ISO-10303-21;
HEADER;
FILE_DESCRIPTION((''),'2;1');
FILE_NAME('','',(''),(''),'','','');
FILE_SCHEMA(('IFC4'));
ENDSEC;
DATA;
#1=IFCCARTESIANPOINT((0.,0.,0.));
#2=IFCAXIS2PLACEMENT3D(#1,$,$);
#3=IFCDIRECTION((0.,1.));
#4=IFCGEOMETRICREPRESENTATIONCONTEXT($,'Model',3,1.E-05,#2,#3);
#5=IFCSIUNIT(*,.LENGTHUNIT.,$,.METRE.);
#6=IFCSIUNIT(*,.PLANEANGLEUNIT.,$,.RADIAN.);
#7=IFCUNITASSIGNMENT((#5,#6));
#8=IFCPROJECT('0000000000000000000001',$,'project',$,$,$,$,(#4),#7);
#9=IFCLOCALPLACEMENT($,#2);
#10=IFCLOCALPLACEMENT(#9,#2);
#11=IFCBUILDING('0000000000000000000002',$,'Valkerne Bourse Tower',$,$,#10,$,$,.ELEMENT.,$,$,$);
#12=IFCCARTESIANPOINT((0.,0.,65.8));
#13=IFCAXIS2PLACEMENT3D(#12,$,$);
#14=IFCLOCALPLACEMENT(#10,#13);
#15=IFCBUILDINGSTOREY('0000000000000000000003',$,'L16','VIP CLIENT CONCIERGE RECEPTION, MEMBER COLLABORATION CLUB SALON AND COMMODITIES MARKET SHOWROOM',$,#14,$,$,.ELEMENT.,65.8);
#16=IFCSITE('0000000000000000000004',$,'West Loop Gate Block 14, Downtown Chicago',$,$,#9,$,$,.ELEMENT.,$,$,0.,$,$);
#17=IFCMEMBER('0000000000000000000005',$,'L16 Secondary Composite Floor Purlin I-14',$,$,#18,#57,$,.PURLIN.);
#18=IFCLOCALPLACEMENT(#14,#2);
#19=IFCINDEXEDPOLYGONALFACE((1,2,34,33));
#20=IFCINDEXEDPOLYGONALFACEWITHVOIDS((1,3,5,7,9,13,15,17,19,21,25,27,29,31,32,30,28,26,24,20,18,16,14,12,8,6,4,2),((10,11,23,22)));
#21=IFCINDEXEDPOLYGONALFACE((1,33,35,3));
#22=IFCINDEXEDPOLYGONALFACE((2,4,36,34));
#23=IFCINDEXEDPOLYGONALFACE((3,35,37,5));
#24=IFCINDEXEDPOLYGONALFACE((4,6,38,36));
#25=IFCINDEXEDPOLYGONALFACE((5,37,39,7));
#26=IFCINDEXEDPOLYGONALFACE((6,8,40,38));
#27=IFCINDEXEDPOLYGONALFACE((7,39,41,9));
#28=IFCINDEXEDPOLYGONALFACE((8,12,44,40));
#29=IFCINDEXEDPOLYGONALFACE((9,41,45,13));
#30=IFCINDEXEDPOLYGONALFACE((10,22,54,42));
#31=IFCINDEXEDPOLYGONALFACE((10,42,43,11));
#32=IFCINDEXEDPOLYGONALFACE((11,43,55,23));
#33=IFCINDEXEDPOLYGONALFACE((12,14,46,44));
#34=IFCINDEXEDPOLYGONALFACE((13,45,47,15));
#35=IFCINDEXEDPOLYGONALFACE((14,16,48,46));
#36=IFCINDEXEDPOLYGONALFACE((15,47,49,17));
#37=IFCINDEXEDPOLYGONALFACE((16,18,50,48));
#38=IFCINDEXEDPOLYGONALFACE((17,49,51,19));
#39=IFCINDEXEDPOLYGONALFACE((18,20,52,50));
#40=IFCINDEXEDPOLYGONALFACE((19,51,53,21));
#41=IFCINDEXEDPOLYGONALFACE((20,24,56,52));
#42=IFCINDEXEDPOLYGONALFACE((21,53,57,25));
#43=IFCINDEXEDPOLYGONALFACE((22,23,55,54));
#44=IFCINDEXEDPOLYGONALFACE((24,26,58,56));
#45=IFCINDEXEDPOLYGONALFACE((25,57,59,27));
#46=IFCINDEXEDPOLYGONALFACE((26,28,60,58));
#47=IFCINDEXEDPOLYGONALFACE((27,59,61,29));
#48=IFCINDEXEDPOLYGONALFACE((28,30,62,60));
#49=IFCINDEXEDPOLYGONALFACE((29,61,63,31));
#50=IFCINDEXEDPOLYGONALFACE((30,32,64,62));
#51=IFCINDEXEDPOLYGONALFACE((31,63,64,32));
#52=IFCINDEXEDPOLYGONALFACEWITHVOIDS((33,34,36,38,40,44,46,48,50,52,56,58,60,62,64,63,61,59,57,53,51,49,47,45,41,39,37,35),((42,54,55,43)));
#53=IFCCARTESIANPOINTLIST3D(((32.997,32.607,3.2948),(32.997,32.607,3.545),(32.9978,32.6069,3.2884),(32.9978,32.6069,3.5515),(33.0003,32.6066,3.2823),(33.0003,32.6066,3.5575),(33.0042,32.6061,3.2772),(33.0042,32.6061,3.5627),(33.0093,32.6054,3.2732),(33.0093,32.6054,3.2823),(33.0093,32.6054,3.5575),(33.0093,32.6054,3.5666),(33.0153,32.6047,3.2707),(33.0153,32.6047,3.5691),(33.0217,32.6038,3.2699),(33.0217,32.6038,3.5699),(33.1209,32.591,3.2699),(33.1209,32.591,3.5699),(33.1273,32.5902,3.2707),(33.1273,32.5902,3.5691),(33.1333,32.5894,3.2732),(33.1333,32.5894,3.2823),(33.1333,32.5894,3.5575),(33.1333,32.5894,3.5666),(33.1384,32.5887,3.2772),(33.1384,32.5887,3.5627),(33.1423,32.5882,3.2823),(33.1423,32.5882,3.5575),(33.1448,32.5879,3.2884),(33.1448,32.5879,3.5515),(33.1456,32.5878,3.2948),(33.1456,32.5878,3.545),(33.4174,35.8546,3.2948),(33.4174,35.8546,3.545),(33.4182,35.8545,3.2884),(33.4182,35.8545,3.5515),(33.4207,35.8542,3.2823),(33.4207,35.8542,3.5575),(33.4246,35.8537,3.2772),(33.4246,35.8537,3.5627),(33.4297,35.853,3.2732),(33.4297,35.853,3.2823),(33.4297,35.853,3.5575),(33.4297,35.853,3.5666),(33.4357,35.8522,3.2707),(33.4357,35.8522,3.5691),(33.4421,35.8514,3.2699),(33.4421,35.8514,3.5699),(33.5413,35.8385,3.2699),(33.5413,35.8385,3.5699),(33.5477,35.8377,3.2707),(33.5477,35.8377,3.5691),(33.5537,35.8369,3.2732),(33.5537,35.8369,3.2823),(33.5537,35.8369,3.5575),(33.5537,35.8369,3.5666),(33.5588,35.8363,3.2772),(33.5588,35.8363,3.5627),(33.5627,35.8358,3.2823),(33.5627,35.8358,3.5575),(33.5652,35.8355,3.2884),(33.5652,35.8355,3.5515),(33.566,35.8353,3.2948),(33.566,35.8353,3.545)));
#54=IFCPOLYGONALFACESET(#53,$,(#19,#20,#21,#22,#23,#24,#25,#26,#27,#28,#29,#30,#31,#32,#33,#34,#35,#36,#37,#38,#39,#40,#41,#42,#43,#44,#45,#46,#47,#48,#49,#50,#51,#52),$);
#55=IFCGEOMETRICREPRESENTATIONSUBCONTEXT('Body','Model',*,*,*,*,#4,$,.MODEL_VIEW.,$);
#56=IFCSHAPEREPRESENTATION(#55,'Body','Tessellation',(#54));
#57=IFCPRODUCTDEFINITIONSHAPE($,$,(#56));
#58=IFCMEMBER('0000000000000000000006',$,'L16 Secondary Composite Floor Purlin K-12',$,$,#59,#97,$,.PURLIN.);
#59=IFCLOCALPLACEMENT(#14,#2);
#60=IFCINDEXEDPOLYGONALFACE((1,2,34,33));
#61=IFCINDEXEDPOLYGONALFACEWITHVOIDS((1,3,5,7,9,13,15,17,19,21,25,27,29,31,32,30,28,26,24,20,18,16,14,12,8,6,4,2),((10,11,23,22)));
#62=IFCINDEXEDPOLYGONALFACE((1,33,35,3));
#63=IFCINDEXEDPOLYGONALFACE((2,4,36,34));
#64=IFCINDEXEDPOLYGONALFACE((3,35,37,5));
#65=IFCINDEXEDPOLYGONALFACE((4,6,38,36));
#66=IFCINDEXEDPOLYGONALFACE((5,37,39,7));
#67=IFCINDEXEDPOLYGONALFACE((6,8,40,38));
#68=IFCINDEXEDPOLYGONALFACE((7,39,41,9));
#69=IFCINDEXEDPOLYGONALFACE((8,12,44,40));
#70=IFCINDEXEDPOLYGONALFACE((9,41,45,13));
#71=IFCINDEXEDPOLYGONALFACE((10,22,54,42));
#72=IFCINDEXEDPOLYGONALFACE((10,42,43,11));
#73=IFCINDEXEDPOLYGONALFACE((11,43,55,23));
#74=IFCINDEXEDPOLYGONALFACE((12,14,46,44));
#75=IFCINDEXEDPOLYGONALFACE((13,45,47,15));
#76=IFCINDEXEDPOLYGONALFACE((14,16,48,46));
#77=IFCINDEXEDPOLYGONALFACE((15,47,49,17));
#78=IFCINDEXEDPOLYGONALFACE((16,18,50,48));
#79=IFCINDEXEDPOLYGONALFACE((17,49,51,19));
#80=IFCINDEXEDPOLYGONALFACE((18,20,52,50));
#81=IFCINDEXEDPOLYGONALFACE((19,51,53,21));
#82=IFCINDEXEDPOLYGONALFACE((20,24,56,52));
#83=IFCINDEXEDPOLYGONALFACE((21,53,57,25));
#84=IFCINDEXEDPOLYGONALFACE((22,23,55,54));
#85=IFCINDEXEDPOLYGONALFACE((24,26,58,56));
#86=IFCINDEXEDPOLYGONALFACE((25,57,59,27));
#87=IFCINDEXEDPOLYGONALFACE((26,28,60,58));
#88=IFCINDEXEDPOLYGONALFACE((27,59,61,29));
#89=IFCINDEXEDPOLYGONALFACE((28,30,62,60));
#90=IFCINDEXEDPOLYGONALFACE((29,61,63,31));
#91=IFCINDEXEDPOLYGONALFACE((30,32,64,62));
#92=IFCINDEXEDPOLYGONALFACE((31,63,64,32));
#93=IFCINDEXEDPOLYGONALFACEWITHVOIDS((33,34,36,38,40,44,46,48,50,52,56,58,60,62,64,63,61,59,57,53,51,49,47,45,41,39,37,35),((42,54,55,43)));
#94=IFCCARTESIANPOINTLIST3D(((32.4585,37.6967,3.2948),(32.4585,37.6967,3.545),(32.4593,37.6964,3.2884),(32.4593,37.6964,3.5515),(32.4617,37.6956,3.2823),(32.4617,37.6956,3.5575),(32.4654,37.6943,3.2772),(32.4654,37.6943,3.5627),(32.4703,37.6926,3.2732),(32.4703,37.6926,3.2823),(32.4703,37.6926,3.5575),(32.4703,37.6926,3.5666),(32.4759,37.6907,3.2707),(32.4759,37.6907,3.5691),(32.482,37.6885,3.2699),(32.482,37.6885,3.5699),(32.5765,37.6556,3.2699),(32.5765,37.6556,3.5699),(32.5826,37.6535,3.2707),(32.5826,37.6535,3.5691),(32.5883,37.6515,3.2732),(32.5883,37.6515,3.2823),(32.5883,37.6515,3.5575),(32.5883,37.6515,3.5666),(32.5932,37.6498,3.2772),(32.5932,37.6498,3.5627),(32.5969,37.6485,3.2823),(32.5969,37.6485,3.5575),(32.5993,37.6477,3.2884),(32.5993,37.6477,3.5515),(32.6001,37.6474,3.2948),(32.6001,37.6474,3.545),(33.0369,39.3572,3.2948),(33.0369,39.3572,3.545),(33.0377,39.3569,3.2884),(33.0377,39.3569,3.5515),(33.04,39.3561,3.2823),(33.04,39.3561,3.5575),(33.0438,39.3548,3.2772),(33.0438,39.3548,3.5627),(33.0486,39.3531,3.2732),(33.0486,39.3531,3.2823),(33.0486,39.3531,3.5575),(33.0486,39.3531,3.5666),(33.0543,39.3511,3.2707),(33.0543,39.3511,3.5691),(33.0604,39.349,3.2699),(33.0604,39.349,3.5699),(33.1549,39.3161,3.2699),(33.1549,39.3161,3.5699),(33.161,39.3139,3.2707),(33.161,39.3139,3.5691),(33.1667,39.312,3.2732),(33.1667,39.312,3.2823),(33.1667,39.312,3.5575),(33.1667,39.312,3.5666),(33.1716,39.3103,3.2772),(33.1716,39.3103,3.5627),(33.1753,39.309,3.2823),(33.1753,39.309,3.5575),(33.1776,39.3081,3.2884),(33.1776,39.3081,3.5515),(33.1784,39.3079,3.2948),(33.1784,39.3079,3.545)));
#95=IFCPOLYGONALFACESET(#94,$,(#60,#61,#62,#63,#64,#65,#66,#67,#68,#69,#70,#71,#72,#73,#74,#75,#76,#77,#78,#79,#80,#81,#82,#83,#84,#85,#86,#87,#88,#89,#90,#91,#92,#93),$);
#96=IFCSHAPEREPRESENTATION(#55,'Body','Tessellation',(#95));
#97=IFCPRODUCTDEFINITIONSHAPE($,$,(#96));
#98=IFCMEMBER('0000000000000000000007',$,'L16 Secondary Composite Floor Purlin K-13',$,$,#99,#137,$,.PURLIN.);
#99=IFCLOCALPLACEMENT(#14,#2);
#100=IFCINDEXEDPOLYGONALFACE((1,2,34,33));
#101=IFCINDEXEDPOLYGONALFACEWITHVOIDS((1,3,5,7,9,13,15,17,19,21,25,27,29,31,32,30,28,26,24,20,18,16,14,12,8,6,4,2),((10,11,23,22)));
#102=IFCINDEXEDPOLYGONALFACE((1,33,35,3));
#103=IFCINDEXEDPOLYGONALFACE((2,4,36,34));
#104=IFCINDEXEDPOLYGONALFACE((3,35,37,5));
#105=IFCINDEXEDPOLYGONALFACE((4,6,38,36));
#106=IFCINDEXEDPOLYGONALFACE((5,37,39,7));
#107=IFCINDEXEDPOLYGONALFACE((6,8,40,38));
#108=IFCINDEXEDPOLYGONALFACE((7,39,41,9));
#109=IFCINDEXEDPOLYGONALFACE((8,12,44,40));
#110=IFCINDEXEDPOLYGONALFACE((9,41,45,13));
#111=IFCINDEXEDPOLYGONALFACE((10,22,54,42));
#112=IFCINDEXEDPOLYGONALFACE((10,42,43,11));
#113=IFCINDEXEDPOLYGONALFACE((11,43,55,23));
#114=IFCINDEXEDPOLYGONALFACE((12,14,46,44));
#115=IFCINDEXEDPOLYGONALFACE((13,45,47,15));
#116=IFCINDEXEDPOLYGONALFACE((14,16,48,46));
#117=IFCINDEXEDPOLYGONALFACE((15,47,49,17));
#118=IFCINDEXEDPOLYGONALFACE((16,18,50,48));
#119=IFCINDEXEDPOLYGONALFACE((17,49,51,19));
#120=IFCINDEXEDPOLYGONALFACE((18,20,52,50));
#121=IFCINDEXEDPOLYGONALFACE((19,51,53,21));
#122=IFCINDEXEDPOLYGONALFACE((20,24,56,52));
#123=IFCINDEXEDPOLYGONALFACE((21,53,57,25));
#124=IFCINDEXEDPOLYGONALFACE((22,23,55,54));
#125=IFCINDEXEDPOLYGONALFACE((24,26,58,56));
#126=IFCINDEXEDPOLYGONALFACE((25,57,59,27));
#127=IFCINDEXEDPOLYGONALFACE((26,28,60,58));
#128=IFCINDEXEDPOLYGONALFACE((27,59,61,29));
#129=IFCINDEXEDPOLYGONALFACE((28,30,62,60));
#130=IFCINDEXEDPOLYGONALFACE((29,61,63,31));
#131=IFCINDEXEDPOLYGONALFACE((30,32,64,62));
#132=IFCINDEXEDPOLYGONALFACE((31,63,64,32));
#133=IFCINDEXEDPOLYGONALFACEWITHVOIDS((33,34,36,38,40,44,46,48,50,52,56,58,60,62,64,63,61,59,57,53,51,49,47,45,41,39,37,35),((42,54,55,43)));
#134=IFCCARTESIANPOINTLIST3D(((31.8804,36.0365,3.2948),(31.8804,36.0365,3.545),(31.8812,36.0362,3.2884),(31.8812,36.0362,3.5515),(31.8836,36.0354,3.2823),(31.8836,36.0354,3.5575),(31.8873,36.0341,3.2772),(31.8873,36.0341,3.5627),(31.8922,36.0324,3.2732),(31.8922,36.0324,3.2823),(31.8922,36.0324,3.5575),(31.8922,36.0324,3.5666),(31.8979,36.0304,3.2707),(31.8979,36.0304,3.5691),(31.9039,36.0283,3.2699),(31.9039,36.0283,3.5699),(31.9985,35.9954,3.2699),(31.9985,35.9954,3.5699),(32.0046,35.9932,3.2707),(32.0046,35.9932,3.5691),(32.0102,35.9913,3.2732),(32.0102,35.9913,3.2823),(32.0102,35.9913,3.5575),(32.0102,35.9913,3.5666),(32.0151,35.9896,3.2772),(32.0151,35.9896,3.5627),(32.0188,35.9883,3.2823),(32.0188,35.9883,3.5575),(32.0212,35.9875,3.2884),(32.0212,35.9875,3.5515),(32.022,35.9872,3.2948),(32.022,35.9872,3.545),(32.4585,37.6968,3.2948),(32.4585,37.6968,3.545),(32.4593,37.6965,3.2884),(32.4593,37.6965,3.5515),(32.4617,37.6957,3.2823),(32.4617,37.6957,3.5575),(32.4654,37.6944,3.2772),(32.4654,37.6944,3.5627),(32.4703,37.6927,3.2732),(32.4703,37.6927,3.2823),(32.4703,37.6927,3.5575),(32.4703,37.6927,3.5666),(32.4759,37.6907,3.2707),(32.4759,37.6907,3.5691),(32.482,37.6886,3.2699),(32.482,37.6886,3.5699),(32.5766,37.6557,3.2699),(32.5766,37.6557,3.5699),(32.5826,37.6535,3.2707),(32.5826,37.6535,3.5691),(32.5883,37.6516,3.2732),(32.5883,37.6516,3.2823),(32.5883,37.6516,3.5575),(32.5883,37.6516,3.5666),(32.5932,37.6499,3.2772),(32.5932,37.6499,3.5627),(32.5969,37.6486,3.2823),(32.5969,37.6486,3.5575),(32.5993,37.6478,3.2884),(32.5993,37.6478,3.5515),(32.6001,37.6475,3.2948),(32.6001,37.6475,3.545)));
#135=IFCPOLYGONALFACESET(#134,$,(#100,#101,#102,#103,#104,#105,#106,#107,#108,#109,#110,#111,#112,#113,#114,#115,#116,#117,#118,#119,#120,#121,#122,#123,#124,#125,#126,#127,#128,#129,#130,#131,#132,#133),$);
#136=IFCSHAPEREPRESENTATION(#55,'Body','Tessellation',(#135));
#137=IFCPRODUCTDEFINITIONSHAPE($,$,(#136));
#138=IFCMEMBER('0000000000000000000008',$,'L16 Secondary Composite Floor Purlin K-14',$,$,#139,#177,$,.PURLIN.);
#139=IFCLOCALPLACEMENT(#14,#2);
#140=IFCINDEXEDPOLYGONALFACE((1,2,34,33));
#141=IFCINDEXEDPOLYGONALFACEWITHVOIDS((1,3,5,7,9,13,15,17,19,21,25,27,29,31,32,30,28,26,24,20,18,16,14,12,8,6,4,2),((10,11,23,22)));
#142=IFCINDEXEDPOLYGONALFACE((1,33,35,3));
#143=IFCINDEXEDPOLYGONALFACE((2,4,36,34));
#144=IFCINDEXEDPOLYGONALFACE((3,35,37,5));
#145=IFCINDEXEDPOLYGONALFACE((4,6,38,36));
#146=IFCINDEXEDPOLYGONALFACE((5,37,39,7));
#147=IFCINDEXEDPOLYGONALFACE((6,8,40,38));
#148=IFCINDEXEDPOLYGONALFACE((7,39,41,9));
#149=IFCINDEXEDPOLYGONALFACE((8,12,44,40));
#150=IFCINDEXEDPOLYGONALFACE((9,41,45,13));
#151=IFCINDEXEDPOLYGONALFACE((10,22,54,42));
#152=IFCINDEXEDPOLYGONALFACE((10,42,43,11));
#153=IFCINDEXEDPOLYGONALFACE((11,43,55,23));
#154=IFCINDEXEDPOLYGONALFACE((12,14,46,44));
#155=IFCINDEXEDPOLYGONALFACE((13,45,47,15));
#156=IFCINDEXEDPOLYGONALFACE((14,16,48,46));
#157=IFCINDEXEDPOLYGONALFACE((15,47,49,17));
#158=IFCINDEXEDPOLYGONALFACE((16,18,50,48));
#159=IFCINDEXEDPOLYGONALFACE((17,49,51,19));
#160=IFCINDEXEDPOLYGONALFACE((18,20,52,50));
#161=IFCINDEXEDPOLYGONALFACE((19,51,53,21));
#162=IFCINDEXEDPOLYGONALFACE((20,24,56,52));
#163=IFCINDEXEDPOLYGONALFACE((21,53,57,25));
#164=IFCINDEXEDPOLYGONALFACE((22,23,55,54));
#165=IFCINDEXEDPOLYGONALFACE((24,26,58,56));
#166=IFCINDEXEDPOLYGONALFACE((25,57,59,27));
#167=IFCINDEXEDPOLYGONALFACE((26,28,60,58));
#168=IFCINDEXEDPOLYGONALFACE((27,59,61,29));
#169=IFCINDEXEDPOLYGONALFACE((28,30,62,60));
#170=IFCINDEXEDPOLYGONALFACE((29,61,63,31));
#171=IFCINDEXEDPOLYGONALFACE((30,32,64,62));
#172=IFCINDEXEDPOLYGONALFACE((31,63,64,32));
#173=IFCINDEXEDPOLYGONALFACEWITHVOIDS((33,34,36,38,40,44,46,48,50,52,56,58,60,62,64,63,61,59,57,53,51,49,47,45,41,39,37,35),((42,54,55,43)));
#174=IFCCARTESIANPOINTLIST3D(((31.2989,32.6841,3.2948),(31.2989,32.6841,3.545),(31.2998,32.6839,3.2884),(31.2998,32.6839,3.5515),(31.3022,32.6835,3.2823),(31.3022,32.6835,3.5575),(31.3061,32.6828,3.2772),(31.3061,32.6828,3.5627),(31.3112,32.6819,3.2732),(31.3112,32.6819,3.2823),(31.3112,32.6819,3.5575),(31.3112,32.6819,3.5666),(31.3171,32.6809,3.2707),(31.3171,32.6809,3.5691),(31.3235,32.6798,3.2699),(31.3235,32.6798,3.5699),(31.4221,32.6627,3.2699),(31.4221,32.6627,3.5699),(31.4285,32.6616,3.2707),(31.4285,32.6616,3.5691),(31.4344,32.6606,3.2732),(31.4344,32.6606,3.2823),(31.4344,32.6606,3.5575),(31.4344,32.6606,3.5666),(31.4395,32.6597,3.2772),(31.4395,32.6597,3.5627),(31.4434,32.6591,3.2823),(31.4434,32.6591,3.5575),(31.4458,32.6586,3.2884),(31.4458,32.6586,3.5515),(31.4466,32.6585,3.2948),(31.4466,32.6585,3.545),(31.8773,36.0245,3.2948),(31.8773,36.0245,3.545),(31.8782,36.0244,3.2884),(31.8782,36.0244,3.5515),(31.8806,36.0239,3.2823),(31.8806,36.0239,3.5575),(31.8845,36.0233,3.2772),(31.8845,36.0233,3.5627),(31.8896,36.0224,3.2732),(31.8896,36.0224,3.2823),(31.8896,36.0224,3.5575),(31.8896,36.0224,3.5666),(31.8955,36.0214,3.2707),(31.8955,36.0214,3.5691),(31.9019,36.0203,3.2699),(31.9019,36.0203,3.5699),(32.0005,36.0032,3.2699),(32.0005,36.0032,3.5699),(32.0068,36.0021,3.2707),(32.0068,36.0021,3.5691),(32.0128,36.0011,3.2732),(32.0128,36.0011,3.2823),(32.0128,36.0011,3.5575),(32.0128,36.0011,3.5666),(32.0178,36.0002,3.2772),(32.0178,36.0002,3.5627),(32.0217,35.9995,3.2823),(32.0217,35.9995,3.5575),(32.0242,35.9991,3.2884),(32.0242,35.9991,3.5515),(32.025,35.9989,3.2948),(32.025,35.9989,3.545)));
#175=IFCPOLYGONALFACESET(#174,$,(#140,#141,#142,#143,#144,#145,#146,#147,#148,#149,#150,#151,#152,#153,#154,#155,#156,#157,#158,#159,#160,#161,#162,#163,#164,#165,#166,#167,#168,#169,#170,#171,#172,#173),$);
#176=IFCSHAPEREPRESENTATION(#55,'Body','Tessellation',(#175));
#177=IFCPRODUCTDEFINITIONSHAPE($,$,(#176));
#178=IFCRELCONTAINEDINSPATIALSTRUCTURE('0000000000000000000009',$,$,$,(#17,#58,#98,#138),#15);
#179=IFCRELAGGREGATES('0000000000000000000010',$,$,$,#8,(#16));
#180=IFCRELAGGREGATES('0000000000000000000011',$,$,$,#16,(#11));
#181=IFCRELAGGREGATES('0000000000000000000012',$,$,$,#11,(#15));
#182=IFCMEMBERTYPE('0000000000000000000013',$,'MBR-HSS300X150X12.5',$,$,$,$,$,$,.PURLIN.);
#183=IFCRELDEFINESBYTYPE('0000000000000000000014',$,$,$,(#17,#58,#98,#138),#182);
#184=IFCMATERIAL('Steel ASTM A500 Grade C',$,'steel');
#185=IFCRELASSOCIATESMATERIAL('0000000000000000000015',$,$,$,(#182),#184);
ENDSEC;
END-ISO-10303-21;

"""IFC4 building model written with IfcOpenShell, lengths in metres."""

from ifc_helpers import new_model, si_unit, direction, frame, origin, origin_2d, place, context, subcontext, project, spatial, hollow_rectangle, extrude, material, material_profile, profile_set, type_object, element, save


model = new_model("IFC4")

# Units and contexts
model_context = context("Model", 3, precision=1e-05, world=origin(), true_north=direction((0.0, 1.0)))
body_context = subcontext(model_context, "Body", "Model", "MODEL_VIEW")
ifc_project = project(units=[si_unit("LENGTHUNIT", "METRE"), si_unit("PLANEANGLEUNIT", "RADIAN")], contexts=[model_context])

# Site, building, storey
site_placement = place(None, origin())
site = spatial("IfcSite", under=ifc_project, at=site_placement, Name="West Loop Gate Block 14, Downtown Chicago", CompositionType="ELEMENT", RefElevation=0.0)
building_placement = place(site_placement, origin())
building = spatial("IfcBuilding", under=site, at=building_placement, Name="Valkerne Bourse Tower", CompositionType="ELEMENT")
storey_placement = place(building_placement, frame((0.0, 0.0, 65.8)))
storey = spatial("IfcBuildingStorey", under=building, at=storey_placement, Name="L16", Description="VIP CLIENT CONCIERGE RECEPTION, MEMBER COLLABORATION CLUB SALON AND COMMODITIES MARKET SHOWROOM", CompositionType="ELEMENT", Elevation=65.8)

# Members
ifc_material_1 = material(Name="Steel ASTM A500 Grade C", Category="steel")
ifc_material_profile_1 = material_profile(ifc_material_1, hollow_rectangle(XDim=0.1499, YDim=0.3, WallThickness=0.0125, OuterFilletRadius=0.0249, at=origin_2d()), Name="HSS300X150X12.5")
ifc_profile_set_1 = profile_set([ifc_material_profile_1], Name="Steel ASTM A500 Grade C")
member_type_1 = type_object("IfcMemberType", Name="MBR-HSS300X150X12.5", PredefinedType="PURLIN", material=ifc_profile_set_1)
member_1_placement = place(storey_placement, frame((33.4917, 35.845, 3.4199), z_axis=(-0.128383, -0.991725, 0.0), x_axis=(0.991725, -0.128383, 0.0)))
element("IfcMember", 1, at=member_1_placement, inside=storey, type_object=member_type_1, Name="L16 Secondary Composite Floor Purlin I-14", PredefinedType="PURLIN", context=body_context, shape_type="SweptSolid", body=[
    extrude(hollow_rectangle(XDim=0.1499, YDim=0.3, WallThickness=0.0125, OuterFilletRadius=0.0249, at=origin_2d()), origin(), (0.0, 0.0, 1.0), 3.2747),
])
member_2_placement = place(storey_placement, frame((33.1077, 39.3325, 3.4199), z_axis=(-0.328946, -0.944349, 0.0), x_axis=(0.944349, -0.328946, 0.0)))
element("IfcMember", 2, at=member_2_placement, inside=storey, type_object=member_type_1, Name="L16 Secondary Composite Floor Purlin K-12", PredefinedType="PURLIN", context=body_context, shape_type="SweptSolid", body=[
    extrude(hollow_rectangle(XDim=0.1499, YDim=0.3, WallThickness=0.0125, OuterFilletRadius=0.0249, at=origin_2d()), origin(), (0.0, 0.0, 1.0), 1.7583),
])
member_3_placement = place(storey_placement, frame((32.5293, 37.6721, 3.4199), z_axis=(-0.328822, -0.944392, 0.0), x_axis=(0.944392, -0.328822, 0.0)))
element("IfcMember", 3, at=member_3_placement, inside=storey, type_object=member_type_1, Name="L16 Secondary Composite Floor Purlin K-13", PredefinedType="PURLIN", context=body_context, shape_type="SweptSolid", body=[
    extrude(hollow_rectangle(XDim=0.1499, YDim=0.3, WallThickness=0.0125, OuterFilletRadius=0.0249, at=origin_2d()), origin(), (0.0, 0.0, 1.0), 1.7581),
])
member_4_placement = place(storey_placement, frame((31.9512, 36.0117, 3.4199), z_axis=(-0.170609, -0.985339, 0.0), x_axis=(0.985339, -0.170609, 0.0)))
element("IfcMember", 4, at=member_4_placement, inside=storey, type_object=member_type_1, Name="L16 Secondary Composite Floor Purlin K-14", PredefinedType="PURLIN", context=body_context, shape_type="SweptSolid", body=[
    extrude(hollow_rectangle(XDim=0.1499, YDim=0.3, WallThickness=0.0125, OuterFilletRadius=0.0249, at=origin_2d()), origin(), (0.0, 0.0, 1.0), 3.3901),
])

save(model, "model.ifc")
